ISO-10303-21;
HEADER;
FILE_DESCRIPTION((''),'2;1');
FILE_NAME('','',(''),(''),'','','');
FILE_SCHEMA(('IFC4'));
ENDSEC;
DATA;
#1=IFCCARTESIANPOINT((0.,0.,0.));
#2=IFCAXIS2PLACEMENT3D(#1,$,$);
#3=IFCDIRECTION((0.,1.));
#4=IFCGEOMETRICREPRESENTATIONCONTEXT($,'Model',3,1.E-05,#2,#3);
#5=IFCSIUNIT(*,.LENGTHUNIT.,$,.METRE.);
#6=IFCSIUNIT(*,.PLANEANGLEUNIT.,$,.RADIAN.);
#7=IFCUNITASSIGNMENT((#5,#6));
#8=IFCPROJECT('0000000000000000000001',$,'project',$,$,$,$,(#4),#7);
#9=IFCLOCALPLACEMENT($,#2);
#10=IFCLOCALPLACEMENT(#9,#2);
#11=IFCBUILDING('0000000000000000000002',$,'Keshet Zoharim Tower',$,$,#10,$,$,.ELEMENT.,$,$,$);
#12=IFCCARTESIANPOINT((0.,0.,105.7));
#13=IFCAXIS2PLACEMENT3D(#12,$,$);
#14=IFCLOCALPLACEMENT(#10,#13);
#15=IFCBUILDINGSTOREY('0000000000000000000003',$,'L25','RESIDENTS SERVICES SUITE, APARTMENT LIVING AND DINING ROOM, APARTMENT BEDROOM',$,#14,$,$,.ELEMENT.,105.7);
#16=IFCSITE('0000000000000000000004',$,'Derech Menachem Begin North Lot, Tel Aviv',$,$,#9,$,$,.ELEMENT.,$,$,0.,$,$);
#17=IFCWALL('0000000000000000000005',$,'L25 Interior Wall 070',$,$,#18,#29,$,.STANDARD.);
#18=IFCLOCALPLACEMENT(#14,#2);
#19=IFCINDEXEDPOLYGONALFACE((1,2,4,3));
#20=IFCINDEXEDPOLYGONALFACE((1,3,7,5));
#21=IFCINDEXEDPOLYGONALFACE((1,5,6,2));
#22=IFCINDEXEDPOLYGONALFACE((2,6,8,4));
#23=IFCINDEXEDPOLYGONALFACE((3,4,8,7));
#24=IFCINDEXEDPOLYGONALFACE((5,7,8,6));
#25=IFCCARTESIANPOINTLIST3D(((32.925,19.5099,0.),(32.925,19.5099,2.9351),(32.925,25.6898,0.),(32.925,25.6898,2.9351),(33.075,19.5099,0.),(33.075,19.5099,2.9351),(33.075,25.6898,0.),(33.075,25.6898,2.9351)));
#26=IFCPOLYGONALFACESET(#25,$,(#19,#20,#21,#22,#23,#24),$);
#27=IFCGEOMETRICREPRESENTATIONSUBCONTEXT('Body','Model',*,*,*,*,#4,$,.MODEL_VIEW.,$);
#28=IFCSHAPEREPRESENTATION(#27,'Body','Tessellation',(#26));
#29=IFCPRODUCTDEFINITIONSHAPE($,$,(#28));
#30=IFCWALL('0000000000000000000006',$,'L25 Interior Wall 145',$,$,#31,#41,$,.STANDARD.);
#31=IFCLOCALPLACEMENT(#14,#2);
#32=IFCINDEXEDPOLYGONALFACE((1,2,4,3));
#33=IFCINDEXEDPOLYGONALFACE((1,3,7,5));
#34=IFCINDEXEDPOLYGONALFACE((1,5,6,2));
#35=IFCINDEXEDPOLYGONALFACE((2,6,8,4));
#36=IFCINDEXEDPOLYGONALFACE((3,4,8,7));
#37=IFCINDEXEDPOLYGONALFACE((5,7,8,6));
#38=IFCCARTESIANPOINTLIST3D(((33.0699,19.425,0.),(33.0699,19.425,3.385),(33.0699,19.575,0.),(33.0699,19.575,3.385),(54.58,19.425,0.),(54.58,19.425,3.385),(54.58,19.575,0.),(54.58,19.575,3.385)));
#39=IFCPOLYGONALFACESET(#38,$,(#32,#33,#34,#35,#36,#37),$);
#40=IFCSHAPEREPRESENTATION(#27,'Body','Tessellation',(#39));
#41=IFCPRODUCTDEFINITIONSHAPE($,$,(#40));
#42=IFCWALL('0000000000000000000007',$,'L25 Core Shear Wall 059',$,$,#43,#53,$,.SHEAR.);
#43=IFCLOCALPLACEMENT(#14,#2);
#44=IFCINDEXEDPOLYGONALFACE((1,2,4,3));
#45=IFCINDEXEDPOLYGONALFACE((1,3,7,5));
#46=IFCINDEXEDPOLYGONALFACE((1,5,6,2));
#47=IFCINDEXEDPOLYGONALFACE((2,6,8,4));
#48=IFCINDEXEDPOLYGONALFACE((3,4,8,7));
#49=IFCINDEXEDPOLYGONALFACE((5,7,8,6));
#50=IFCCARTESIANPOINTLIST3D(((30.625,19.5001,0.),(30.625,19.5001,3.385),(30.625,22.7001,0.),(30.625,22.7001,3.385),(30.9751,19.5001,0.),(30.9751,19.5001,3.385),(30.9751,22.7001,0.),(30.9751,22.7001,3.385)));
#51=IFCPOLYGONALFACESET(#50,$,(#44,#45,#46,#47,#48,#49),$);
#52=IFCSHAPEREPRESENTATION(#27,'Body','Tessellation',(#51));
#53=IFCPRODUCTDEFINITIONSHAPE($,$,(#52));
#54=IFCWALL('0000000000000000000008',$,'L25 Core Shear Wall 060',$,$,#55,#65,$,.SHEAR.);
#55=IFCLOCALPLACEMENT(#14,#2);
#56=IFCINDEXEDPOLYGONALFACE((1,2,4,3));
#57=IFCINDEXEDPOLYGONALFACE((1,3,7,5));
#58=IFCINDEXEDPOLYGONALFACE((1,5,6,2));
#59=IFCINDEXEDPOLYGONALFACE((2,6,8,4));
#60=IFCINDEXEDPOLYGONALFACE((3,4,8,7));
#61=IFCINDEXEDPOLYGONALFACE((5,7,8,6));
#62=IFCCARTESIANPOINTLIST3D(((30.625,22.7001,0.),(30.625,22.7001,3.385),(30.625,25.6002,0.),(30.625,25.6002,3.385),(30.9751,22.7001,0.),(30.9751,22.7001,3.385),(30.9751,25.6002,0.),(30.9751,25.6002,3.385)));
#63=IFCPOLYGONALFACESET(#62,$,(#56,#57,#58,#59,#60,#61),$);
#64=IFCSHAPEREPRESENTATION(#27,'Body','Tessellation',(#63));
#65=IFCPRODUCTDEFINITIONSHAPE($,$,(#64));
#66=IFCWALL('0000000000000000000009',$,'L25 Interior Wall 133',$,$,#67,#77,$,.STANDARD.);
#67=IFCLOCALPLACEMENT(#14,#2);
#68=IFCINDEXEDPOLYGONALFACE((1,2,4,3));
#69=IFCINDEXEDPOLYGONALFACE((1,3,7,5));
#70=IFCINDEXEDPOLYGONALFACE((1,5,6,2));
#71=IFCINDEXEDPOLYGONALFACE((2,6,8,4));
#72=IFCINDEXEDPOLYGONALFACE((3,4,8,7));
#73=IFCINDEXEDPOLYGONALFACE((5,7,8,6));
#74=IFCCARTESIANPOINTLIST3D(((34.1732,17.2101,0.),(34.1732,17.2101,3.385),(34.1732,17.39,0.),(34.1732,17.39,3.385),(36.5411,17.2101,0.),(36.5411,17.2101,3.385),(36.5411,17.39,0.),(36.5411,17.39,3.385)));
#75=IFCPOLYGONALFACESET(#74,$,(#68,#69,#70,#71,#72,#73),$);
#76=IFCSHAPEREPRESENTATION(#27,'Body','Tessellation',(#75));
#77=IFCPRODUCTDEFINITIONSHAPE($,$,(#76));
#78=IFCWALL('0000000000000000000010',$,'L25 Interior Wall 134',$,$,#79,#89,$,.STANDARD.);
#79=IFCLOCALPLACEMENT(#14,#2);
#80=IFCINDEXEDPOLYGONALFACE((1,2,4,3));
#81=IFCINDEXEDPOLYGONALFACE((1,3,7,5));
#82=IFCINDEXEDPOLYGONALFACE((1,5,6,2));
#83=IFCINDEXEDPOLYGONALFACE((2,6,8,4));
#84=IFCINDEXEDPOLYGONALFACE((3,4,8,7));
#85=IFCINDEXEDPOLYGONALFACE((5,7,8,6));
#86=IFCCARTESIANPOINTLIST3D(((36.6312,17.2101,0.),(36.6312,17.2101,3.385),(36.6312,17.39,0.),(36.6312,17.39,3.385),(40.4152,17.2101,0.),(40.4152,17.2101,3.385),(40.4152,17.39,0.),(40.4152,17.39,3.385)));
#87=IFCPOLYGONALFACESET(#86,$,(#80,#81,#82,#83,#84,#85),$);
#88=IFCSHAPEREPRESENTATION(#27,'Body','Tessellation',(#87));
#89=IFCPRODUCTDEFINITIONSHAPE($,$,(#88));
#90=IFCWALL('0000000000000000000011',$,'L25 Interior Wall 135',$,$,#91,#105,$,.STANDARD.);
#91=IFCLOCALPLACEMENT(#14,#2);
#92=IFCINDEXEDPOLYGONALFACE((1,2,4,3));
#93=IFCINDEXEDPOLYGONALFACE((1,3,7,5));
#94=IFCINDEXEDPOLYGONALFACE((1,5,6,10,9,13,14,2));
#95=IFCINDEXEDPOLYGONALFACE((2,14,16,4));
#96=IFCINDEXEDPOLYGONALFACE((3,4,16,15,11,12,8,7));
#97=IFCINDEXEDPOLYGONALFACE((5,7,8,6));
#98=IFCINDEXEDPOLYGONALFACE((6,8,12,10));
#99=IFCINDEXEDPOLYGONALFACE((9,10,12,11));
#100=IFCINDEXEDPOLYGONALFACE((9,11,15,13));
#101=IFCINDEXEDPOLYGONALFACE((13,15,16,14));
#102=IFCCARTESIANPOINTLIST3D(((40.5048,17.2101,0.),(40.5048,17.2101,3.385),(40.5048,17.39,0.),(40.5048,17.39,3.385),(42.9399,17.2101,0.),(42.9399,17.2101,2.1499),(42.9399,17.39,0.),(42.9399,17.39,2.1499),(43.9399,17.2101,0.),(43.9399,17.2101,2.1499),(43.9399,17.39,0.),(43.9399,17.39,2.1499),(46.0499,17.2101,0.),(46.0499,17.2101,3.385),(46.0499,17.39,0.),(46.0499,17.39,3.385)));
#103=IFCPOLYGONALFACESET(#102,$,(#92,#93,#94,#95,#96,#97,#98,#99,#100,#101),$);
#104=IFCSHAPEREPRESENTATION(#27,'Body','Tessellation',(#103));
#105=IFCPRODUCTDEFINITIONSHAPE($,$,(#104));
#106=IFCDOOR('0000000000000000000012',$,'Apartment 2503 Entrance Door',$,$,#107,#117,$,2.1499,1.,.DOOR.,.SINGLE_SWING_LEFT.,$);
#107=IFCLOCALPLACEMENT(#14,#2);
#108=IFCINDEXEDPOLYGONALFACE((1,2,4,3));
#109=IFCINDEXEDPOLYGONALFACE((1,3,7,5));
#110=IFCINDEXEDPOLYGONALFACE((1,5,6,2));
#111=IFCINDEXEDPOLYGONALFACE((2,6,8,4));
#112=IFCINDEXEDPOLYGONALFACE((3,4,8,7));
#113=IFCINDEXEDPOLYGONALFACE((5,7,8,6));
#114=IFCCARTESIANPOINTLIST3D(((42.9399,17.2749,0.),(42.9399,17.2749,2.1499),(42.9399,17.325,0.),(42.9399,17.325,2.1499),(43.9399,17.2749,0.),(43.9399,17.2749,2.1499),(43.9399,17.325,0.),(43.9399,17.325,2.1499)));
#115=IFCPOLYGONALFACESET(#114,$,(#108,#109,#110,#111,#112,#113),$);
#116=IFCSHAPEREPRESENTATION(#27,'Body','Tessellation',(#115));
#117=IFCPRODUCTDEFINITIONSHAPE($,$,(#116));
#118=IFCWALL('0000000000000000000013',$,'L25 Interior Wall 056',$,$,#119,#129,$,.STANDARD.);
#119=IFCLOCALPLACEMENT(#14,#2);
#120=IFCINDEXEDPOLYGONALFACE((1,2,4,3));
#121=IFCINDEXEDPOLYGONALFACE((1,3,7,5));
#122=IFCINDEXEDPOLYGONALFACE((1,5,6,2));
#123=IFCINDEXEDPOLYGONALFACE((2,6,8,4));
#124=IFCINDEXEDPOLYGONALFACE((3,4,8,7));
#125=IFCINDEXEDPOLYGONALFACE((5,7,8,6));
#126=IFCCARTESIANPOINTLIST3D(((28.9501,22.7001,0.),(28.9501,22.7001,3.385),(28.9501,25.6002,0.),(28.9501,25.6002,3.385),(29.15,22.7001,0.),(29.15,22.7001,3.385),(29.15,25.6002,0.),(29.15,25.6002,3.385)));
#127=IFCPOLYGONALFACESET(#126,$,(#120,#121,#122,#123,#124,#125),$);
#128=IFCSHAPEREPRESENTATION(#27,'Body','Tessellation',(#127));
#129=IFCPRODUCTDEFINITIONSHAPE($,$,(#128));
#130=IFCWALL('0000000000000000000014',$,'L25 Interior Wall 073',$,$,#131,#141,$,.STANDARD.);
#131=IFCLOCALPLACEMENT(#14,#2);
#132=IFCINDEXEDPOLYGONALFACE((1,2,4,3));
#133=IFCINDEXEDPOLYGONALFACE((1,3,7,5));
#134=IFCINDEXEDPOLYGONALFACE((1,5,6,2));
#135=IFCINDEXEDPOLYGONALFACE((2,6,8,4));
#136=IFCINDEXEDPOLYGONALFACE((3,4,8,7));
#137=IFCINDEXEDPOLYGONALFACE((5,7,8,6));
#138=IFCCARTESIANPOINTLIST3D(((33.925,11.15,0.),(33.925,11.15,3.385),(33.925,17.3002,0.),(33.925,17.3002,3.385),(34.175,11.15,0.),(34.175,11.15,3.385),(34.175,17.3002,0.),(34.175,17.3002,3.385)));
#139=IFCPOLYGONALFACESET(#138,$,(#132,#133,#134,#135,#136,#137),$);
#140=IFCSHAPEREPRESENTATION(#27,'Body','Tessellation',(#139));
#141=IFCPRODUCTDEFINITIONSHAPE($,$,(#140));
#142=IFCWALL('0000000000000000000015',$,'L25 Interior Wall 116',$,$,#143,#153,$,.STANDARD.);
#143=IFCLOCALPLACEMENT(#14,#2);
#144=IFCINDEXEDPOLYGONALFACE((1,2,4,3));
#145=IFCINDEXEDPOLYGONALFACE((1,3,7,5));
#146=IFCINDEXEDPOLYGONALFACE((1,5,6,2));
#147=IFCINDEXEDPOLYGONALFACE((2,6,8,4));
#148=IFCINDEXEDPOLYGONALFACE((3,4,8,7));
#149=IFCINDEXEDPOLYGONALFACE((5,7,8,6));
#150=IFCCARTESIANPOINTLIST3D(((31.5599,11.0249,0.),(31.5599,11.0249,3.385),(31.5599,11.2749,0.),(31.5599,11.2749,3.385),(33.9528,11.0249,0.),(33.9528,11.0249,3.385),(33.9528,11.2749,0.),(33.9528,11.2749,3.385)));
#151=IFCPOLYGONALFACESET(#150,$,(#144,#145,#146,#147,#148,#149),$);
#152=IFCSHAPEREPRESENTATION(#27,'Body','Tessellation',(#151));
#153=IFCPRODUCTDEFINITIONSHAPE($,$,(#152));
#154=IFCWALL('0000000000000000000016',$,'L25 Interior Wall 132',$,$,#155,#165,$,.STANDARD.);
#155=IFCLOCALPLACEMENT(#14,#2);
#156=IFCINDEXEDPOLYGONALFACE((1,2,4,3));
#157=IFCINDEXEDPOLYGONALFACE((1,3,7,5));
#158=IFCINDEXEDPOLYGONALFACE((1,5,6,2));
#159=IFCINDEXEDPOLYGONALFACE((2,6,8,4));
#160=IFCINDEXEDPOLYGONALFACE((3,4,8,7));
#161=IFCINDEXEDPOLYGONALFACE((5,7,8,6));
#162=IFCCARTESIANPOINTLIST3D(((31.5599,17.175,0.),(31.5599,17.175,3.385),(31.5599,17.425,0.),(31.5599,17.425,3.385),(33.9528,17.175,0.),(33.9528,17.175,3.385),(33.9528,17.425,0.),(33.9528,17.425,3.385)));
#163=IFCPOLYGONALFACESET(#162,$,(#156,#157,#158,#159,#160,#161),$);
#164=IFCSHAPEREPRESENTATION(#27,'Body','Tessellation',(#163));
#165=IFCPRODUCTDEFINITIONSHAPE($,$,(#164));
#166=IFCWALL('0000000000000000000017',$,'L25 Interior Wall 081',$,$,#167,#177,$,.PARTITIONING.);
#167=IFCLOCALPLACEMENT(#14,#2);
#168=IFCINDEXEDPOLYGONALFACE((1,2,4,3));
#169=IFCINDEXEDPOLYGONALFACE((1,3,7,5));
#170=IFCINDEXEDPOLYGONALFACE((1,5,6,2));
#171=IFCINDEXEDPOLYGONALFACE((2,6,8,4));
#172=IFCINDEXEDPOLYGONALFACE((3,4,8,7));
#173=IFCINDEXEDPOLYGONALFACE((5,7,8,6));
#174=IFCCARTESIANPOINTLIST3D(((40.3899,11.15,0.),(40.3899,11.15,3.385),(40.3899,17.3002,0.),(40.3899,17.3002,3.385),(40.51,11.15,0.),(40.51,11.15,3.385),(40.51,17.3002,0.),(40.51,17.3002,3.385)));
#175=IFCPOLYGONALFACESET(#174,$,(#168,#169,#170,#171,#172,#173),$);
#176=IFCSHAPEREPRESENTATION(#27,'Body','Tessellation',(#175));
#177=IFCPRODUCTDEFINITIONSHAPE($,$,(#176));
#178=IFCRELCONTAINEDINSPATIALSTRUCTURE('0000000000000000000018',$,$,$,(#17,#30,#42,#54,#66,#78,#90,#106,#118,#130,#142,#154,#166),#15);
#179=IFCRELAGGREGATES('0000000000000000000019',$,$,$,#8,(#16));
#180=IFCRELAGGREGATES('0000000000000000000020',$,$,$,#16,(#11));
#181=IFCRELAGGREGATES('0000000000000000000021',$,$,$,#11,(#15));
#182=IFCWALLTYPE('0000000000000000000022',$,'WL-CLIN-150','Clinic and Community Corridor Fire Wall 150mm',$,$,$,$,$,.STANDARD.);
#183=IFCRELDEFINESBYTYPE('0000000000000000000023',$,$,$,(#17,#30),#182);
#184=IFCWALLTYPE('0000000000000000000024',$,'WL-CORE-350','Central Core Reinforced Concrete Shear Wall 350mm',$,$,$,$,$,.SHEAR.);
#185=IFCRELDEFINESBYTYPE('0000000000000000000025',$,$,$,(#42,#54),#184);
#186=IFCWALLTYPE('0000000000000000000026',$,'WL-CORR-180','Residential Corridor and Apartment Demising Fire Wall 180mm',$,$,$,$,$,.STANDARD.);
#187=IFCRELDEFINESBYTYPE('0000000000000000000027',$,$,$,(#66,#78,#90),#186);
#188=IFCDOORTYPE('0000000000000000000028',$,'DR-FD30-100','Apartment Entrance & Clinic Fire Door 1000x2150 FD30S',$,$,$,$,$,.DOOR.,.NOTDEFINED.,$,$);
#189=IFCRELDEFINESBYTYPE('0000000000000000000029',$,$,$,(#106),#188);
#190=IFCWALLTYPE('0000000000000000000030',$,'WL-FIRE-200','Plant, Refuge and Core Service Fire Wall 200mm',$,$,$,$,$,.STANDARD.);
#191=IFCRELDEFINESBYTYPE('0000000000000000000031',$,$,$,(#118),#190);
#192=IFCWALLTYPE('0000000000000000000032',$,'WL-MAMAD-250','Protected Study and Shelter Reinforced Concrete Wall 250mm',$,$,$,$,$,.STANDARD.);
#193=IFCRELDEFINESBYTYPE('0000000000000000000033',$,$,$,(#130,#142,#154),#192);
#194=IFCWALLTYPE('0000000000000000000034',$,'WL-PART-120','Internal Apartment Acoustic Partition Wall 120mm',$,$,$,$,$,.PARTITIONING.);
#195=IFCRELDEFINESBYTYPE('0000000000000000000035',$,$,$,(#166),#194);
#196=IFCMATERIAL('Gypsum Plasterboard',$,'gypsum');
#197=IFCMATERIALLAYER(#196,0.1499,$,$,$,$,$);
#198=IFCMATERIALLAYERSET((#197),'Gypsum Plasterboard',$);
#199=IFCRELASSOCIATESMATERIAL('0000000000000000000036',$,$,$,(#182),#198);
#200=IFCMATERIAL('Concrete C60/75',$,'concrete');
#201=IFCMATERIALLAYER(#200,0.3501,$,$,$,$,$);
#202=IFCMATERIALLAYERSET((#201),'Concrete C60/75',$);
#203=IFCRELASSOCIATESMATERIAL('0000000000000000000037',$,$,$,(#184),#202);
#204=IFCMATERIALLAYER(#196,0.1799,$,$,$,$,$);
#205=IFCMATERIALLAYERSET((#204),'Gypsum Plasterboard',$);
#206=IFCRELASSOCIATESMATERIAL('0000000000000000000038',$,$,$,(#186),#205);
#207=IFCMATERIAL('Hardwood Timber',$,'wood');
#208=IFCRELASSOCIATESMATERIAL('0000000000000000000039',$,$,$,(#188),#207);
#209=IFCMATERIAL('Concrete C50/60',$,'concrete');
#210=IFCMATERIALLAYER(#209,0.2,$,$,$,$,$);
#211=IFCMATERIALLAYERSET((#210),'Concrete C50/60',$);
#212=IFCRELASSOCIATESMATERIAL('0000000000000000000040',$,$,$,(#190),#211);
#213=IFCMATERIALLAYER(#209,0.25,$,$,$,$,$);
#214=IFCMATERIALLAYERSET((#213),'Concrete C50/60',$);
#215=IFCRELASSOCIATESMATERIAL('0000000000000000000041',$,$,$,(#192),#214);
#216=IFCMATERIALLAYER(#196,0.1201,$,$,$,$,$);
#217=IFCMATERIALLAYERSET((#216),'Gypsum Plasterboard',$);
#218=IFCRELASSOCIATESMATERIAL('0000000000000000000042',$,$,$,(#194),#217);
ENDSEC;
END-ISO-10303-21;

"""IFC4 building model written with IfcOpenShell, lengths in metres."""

from ifc_helpers import new_model, si_unit, direction, frame, frame_2d, origin, place, context, subcontext, project, spatial, rectangle, extrude, material, layer, layer_set, type_object, element, fill, save


model = new_model("IFC4")

# Units and contexts
model_context = context("Model", 3, precision=1e-05, world=origin(), true_north=direction((0.0, 1.0)))
body_context = subcontext(model_context, "Body", "Model", "MODEL_VIEW")
ifc_project = project(units=[si_unit("LENGTHUNIT", "METRE"), si_unit("PLANEANGLEUNIT", "RADIAN")], contexts=[model_context])

# Site, building, storey
site_placement = place(None, origin())
site = spatial("IfcSite", under=ifc_project, at=site_placement, Name="Derech Menachem Begin North Lot, Tel Aviv", CompositionType="ELEMENT", RefElevation=0.0)
building_placement = place(site_placement, origin())
building = spatial("IfcBuilding", under=site, at=building_placement, Name="Keshet Zoharim Tower", CompositionType="ELEMENT")
storey_placement = place(building_placement, frame((0.0, 0.0, 105.7)))
storey = spatial("IfcBuildingStorey", under=building, at=storey_placement, Name="L25", Description="RESIDENTS SERVICES SUITE, APARTMENT LIVING AND DINING ROOM, APARTMENT BEDROOM", CompositionType="ELEMENT", Elevation=105.7)

# Shared definitions
ifc_material_1 = material(Name="Concrete C60/75", Category="concrete")

# Walls
ifc_material_2 = material(Name="Gypsum Plasterboard", Category="gypsum")
ifc_layer_1 = layer(ifc_material_2, 0.1499)
ifc_layer_set_1 = layer_set([ifc_layer_1], Name="Gypsum Plasterboard")
wall_type_1 = type_object("IfcWallType", Name="WL-CLIN-150", Description="Clinic and Community Corridor Fire Wall 150mm", PredefinedType="STANDARD", material=ifc_layer_set_1)
wall_1_placement = place(storey_placement, frame((33.0, 19.51, 0.0), z_axis=(0.0, 0.0, 1.0), x_axis=(0.0, 1.0, 0.0)))
element("IfcWall", 1, at=wall_1_placement, inside=storey, type_object=wall_type_1, Name="L25 Interior Wall 070", PredefinedType="STANDARD", context=body_context, shape_type="SweptSolid", body=[
    extrude(rectangle(XDim=6.1799, YDim=0.1499, at=frame_2d((3.0898, 0.0))), origin(), (0.0, 0.0, 1.0), 2.9351),
])
wall_2_placement = place(storey_placement, frame((33.0701, 19.5, 0.0), z_axis=(0.0, 0.0, 1.0), x_axis=(1.0, 0.0, 0.0)))
element("IfcWall", 2, at=wall_2_placement, inside=storey, type_object=wall_type_1, Name="L25 Interior Wall 145", PredefinedType="STANDARD", context=body_context, shape_type="SweptSolid", body=[
    extrude(rectangle(XDim=21.51, YDim=0.1499, at=frame_2d((10.7549, 0.0))), origin(), (0.0, 0.0, 1.0), 3.385),
])
ifc_layer_2 = layer(ifc_material_1, 0.3501)
ifc_layer_set_2 = layer_set([ifc_layer_2], Name="Concrete C60/75")
wall_type_2 = type_object("IfcWallType", Name="WL-CORE-350", Description="Central Core Reinforced Concrete Shear Wall 350mm", PredefinedType="SHEAR", material=ifc_layer_set_2)
wall_3_placement = place(storey_placement, frame((30.8, 19.5, 0.0), z_axis=(0.0, 0.0, 1.0), x_axis=(0.0, 1.0, 0.0)))
element("IfcWall", 3, at=wall_3_placement, inside=storey, type_object=wall_type_2, Name="L25 Core Shear Wall 059", PredefinedType="SHEAR", context=body_context, shape_type="SweptSolid", body=[
    extrude(rectangle(XDim=3.2, YDim=0.3501, at=frame_2d((1.6001, 0.0))), origin(), (0.0, 0.0, 1.0), 3.385),
])
wall_4_placement = place(storey_placement, frame((30.8, 22.7, 0.0), z_axis=(0.0, 0.0, 1.0), x_axis=(0.0, 1.0, 0.0)))
element("IfcWall", 4, at=wall_4_placement, inside=storey, type_object=wall_type_2, Name="L25 Core Shear Wall 060", PredefinedType="SHEAR", context=body_context, shape_type="SweptSolid", body=[
    extrude(rectangle(XDim=2.9001, YDim=0.3501, at=frame_2d((1.4502, 0.0))), origin(), (0.0, 0.0, 1.0), 3.385),
])
ifc_layer_3 = layer(ifc_material_2, 0.1799)
ifc_layer_set_3 = layer_set([ifc_layer_3], Name="Gypsum Plasterboard")
wall_type_3 = type_object("IfcWallType", Name="WL-CORR-180", Description="Residential Corridor and Apartment Demising Fire Wall 180mm", PredefinedType="STANDARD", material=ifc_layer_set_3)
wall_5_placement = place(storey_placement, frame((34.1731, 17.3, 0.0), z_axis=(0.0, 0.0, 1.0), x_axis=(1.0, 0.0, 0.0)))
element("IfcWall", 5, at=wall_5_placement, inside=storey, type_object=wall_type_3, Name="L25 Interior Wall 133", PredefinedType="STANDARD", context=body_context, shape_type="SweptSolid", body=[
    extrude(rectangle(XDim=2.3679, YDim=0.1799, at=frame_2d((1.1841, 0.0))), origin(), (0.0, 0.0, 1.0), 3.385),
])
wall_6_placement = place(storey_placement, frame((36.6311, 17.3, 0.0), z_axis=(0.0, 0.0, 1.0), x_axis=(1.0, 0.0, 0.0)))
element("IfcWall", 6, at=wall_6_placement, inside=storey, type_object=wall_type_3, Name="L25 Interior Wall 134", PredefinedType="STANDARD", context=body_context, shape_type="SweptSolid", body=[
    extrude(rectangle(XDim=3.7839, YDim=0.1799, at=frame_2d((1.8921, 0.0))), origin(), (0.0, 0.0, 1.0), 3.385),
])

# Wall, opening, door
wall_7_placement = place(storey_placement, frame((40.5049, 17.3, 0.0), z_axis=(0.0, 0.0, 1.0), x_axis=(1.0, 0.0, 0.0)))
wall_7 = element("IfcWall", 7, at=wall_7_placement, inside=storey, type_object=wall_type_3, Name="L25 Interior Wall 135", PredefinedType="STANDARD", context=body_context, shape_type="SweptSolid", body=[
    extrude(rectangle(XDim=5.5452, YDim=0.1799, at=frame_2d((2.7725, 0.0))), origin(), (0.0, 0.0, 1.0), 3.385),
])
opening_1_placement = place(wall_7_placement, frame((2.4351, 0.0, 0.0)))
opening_1 = element("IfcOpeningElement", 8, at=opening_1_placement, cuts=wall_7, PredefinedType="OPENING", context=body_context, shape_type="SweptSolid", body=[
    extrude(rectangle(XDim=1.0, YDim=2.1499, at=frame_2d((0.5, 1.075))), frame((0.0, 0.1001, 0.0), z_axis=(0.0, -1.0, 0.0), x_axis=(1.0, 0.0, 0.0)), (0.0, 0.0, 1.0), 0.2),
])
ifc_material_3 = material(Name="Hardwood Timber", Category="wood")
door_type_1 = type_object("IfcDoorType", Name="DR-FD30-100", Description="Apartment Entrance & Clinic Fire Door 1000x2150 FD30S", OperationType="NOTDEFINED", PredefinedType="DOOR", material=ifc_material_3)
door_1_placement = place(opening_1_placement, origin())
door_1 = element("IfcDoor", 9, at=door_1_placement, inside=storey, type_object=door_type_1, Name="Apartment 2503 Entrance Door", OperationType="SINGLE_SWING_LEFT", OverallHeight=2.1499, OverallWidth=1.0, PredefinedType="DOOR", context=body_context, shape_type="SweptSolid", body=[
    extrude(rectangle(XDim=1.0, YDim=2.1499, at=frame_2d((0.5, 1.075))), frame((0.0, 0.0249, 0.0), z_axis=(0.0, -1.0, 0.0), x_axis=(1.0, 0.0, 0.0)), (0.0, 0.0, 1.0), 0.05),
])
fill(opening_1, door_1)

# Wall
ifc_material_4 = material(Name="Concrete C50/60", Category="concrete")
ifc_layer_4 = layer(ifc_material_4, 0.2)
ifc_layer_set_4 = layer_set([ifc_layer_4], Name="Concrete C50/60")
wall_type_4 = type_object("IfcWallType", Name="WL-FIRE-200", Description="Plant, Refuge and Core Service Fire Wall 200mm", PredefinedType="STANDARD", material=ifc_layer_set_4)
wall_8_placement = place(storey_placement, frame((29.05, 22.7, 0.0), z_axis=(0.0, 0.0, 1.0), x_axis=(0.0, 1.0, 0.0)))
element("IfcWall", 10, at=wall_8_placement, inside=storey, type_object=wall_type_4, Name="L25 Interior Wall 056", PredefinedType="STANDARD", context=body_context, shape_type="SweptSolid", body=[
    extrude(rectangle(XDim=2.9001, YDim=0.2, at=frame_2d((1.4502, 0.0))), origin(), (0.0, 0.0, 1.0), 3.385),
])

# Shared definitions
ifc_layer_5 = layer(ifc_material_4, 0.25)
ifc_layer_set_5 = layer_set([ifc_layer_5], Name="Concrete C50/60")
wall_type_5 = type_object("IfcWallType", Name="WL-MAMAD-250", Description="Protected Study and Shelter Reinforced Concrete Wall 250mm", PredefinedType="STANDARD", material=ifc_layer_set_5)

# Walls
wall_9_placement = place(storey_placement, frame((34.05, 11.1499, 0.0), z_axis=(0.0, 0.0, 1.0), x_axis=(0.0, 1.0, 0.0)))
element("IfcWall", 11, at=wall_9_placement, inside=storey, type_object=wall_type_5, Name="L25 Interior Wall 073", PredefinedType="STANDARD", context=body_context, shape_type="SweptSolid", body=[
    extrude(rectangle(XDim=6.1501, YDim=0.25, at=frame_2d((3.0752, 0.0))), origin(), (0.0, 0.0, 1.0), 3.385),
])
for number, where, z_axis, x_axis, name in (
    (12, (31.5601, 11.1499, 0.0), (0.0, 0.0, 1.0), (1.0, 0.0, 0.0), "L25 Interior Wall 116"),
    (13, (31.5601, 17.3, 0.0), (0.0, 0.0, 1.0), (1.0, 0.0, 0.0), "L25 Interior Wall 132"),
):
    element("IfcWall", number, at=place(storey_placement, frame(where, z_axis=z_axis, x_axis=x_axis)), inside=storey, type_object=wall_type_5, Name=name, PredefinedType="STANDARD", context=body_context, shape_type="SweptSolid", body=[
        extrude(rectangle(XDim=2.3928, YDim=0.25, at=frame_2d((1.1963, 0.0))), origin(), (0.0, 0.0, 1.0), 3.385),
    ])
ifc_layer_6 = layer(ifc_material_2, 0.1201)
ifc_layer_set_6 = layer_set([ifc_layer_6], Name="Gypsum Plasterboard")
wall_type_6 = type_object("IfcWallType", Name="WL-PART-120", Description="Internal Apartment Acoustic Partition Wall 120mm", PredefinedType="PARTITIONING", material=ifc_layer_set_6)
wall_10_placement = place(storey_placement, frame((40.45, 11.1499, 0.0), z_axis=(0.0, 0.0, 1.0), x_axis=(0.0, 1.0, 0.0)))
element("IfcWall", 14, at=wall_10_placement, inside=storey, type_object=wall_type_6, Name="L25 Interior Wall 081", PredefinedType="PARTITIONING", context=body_context, shape_type="SweptSolid", body=[
    extrude(rectangle(XDim=6.1501, YDim=0.1201, at=frame_2d((3.0752, 0.0))), origin(), (0.0, 0.0, 1.0), 3.385),
])

save(model, "model.ifc")
